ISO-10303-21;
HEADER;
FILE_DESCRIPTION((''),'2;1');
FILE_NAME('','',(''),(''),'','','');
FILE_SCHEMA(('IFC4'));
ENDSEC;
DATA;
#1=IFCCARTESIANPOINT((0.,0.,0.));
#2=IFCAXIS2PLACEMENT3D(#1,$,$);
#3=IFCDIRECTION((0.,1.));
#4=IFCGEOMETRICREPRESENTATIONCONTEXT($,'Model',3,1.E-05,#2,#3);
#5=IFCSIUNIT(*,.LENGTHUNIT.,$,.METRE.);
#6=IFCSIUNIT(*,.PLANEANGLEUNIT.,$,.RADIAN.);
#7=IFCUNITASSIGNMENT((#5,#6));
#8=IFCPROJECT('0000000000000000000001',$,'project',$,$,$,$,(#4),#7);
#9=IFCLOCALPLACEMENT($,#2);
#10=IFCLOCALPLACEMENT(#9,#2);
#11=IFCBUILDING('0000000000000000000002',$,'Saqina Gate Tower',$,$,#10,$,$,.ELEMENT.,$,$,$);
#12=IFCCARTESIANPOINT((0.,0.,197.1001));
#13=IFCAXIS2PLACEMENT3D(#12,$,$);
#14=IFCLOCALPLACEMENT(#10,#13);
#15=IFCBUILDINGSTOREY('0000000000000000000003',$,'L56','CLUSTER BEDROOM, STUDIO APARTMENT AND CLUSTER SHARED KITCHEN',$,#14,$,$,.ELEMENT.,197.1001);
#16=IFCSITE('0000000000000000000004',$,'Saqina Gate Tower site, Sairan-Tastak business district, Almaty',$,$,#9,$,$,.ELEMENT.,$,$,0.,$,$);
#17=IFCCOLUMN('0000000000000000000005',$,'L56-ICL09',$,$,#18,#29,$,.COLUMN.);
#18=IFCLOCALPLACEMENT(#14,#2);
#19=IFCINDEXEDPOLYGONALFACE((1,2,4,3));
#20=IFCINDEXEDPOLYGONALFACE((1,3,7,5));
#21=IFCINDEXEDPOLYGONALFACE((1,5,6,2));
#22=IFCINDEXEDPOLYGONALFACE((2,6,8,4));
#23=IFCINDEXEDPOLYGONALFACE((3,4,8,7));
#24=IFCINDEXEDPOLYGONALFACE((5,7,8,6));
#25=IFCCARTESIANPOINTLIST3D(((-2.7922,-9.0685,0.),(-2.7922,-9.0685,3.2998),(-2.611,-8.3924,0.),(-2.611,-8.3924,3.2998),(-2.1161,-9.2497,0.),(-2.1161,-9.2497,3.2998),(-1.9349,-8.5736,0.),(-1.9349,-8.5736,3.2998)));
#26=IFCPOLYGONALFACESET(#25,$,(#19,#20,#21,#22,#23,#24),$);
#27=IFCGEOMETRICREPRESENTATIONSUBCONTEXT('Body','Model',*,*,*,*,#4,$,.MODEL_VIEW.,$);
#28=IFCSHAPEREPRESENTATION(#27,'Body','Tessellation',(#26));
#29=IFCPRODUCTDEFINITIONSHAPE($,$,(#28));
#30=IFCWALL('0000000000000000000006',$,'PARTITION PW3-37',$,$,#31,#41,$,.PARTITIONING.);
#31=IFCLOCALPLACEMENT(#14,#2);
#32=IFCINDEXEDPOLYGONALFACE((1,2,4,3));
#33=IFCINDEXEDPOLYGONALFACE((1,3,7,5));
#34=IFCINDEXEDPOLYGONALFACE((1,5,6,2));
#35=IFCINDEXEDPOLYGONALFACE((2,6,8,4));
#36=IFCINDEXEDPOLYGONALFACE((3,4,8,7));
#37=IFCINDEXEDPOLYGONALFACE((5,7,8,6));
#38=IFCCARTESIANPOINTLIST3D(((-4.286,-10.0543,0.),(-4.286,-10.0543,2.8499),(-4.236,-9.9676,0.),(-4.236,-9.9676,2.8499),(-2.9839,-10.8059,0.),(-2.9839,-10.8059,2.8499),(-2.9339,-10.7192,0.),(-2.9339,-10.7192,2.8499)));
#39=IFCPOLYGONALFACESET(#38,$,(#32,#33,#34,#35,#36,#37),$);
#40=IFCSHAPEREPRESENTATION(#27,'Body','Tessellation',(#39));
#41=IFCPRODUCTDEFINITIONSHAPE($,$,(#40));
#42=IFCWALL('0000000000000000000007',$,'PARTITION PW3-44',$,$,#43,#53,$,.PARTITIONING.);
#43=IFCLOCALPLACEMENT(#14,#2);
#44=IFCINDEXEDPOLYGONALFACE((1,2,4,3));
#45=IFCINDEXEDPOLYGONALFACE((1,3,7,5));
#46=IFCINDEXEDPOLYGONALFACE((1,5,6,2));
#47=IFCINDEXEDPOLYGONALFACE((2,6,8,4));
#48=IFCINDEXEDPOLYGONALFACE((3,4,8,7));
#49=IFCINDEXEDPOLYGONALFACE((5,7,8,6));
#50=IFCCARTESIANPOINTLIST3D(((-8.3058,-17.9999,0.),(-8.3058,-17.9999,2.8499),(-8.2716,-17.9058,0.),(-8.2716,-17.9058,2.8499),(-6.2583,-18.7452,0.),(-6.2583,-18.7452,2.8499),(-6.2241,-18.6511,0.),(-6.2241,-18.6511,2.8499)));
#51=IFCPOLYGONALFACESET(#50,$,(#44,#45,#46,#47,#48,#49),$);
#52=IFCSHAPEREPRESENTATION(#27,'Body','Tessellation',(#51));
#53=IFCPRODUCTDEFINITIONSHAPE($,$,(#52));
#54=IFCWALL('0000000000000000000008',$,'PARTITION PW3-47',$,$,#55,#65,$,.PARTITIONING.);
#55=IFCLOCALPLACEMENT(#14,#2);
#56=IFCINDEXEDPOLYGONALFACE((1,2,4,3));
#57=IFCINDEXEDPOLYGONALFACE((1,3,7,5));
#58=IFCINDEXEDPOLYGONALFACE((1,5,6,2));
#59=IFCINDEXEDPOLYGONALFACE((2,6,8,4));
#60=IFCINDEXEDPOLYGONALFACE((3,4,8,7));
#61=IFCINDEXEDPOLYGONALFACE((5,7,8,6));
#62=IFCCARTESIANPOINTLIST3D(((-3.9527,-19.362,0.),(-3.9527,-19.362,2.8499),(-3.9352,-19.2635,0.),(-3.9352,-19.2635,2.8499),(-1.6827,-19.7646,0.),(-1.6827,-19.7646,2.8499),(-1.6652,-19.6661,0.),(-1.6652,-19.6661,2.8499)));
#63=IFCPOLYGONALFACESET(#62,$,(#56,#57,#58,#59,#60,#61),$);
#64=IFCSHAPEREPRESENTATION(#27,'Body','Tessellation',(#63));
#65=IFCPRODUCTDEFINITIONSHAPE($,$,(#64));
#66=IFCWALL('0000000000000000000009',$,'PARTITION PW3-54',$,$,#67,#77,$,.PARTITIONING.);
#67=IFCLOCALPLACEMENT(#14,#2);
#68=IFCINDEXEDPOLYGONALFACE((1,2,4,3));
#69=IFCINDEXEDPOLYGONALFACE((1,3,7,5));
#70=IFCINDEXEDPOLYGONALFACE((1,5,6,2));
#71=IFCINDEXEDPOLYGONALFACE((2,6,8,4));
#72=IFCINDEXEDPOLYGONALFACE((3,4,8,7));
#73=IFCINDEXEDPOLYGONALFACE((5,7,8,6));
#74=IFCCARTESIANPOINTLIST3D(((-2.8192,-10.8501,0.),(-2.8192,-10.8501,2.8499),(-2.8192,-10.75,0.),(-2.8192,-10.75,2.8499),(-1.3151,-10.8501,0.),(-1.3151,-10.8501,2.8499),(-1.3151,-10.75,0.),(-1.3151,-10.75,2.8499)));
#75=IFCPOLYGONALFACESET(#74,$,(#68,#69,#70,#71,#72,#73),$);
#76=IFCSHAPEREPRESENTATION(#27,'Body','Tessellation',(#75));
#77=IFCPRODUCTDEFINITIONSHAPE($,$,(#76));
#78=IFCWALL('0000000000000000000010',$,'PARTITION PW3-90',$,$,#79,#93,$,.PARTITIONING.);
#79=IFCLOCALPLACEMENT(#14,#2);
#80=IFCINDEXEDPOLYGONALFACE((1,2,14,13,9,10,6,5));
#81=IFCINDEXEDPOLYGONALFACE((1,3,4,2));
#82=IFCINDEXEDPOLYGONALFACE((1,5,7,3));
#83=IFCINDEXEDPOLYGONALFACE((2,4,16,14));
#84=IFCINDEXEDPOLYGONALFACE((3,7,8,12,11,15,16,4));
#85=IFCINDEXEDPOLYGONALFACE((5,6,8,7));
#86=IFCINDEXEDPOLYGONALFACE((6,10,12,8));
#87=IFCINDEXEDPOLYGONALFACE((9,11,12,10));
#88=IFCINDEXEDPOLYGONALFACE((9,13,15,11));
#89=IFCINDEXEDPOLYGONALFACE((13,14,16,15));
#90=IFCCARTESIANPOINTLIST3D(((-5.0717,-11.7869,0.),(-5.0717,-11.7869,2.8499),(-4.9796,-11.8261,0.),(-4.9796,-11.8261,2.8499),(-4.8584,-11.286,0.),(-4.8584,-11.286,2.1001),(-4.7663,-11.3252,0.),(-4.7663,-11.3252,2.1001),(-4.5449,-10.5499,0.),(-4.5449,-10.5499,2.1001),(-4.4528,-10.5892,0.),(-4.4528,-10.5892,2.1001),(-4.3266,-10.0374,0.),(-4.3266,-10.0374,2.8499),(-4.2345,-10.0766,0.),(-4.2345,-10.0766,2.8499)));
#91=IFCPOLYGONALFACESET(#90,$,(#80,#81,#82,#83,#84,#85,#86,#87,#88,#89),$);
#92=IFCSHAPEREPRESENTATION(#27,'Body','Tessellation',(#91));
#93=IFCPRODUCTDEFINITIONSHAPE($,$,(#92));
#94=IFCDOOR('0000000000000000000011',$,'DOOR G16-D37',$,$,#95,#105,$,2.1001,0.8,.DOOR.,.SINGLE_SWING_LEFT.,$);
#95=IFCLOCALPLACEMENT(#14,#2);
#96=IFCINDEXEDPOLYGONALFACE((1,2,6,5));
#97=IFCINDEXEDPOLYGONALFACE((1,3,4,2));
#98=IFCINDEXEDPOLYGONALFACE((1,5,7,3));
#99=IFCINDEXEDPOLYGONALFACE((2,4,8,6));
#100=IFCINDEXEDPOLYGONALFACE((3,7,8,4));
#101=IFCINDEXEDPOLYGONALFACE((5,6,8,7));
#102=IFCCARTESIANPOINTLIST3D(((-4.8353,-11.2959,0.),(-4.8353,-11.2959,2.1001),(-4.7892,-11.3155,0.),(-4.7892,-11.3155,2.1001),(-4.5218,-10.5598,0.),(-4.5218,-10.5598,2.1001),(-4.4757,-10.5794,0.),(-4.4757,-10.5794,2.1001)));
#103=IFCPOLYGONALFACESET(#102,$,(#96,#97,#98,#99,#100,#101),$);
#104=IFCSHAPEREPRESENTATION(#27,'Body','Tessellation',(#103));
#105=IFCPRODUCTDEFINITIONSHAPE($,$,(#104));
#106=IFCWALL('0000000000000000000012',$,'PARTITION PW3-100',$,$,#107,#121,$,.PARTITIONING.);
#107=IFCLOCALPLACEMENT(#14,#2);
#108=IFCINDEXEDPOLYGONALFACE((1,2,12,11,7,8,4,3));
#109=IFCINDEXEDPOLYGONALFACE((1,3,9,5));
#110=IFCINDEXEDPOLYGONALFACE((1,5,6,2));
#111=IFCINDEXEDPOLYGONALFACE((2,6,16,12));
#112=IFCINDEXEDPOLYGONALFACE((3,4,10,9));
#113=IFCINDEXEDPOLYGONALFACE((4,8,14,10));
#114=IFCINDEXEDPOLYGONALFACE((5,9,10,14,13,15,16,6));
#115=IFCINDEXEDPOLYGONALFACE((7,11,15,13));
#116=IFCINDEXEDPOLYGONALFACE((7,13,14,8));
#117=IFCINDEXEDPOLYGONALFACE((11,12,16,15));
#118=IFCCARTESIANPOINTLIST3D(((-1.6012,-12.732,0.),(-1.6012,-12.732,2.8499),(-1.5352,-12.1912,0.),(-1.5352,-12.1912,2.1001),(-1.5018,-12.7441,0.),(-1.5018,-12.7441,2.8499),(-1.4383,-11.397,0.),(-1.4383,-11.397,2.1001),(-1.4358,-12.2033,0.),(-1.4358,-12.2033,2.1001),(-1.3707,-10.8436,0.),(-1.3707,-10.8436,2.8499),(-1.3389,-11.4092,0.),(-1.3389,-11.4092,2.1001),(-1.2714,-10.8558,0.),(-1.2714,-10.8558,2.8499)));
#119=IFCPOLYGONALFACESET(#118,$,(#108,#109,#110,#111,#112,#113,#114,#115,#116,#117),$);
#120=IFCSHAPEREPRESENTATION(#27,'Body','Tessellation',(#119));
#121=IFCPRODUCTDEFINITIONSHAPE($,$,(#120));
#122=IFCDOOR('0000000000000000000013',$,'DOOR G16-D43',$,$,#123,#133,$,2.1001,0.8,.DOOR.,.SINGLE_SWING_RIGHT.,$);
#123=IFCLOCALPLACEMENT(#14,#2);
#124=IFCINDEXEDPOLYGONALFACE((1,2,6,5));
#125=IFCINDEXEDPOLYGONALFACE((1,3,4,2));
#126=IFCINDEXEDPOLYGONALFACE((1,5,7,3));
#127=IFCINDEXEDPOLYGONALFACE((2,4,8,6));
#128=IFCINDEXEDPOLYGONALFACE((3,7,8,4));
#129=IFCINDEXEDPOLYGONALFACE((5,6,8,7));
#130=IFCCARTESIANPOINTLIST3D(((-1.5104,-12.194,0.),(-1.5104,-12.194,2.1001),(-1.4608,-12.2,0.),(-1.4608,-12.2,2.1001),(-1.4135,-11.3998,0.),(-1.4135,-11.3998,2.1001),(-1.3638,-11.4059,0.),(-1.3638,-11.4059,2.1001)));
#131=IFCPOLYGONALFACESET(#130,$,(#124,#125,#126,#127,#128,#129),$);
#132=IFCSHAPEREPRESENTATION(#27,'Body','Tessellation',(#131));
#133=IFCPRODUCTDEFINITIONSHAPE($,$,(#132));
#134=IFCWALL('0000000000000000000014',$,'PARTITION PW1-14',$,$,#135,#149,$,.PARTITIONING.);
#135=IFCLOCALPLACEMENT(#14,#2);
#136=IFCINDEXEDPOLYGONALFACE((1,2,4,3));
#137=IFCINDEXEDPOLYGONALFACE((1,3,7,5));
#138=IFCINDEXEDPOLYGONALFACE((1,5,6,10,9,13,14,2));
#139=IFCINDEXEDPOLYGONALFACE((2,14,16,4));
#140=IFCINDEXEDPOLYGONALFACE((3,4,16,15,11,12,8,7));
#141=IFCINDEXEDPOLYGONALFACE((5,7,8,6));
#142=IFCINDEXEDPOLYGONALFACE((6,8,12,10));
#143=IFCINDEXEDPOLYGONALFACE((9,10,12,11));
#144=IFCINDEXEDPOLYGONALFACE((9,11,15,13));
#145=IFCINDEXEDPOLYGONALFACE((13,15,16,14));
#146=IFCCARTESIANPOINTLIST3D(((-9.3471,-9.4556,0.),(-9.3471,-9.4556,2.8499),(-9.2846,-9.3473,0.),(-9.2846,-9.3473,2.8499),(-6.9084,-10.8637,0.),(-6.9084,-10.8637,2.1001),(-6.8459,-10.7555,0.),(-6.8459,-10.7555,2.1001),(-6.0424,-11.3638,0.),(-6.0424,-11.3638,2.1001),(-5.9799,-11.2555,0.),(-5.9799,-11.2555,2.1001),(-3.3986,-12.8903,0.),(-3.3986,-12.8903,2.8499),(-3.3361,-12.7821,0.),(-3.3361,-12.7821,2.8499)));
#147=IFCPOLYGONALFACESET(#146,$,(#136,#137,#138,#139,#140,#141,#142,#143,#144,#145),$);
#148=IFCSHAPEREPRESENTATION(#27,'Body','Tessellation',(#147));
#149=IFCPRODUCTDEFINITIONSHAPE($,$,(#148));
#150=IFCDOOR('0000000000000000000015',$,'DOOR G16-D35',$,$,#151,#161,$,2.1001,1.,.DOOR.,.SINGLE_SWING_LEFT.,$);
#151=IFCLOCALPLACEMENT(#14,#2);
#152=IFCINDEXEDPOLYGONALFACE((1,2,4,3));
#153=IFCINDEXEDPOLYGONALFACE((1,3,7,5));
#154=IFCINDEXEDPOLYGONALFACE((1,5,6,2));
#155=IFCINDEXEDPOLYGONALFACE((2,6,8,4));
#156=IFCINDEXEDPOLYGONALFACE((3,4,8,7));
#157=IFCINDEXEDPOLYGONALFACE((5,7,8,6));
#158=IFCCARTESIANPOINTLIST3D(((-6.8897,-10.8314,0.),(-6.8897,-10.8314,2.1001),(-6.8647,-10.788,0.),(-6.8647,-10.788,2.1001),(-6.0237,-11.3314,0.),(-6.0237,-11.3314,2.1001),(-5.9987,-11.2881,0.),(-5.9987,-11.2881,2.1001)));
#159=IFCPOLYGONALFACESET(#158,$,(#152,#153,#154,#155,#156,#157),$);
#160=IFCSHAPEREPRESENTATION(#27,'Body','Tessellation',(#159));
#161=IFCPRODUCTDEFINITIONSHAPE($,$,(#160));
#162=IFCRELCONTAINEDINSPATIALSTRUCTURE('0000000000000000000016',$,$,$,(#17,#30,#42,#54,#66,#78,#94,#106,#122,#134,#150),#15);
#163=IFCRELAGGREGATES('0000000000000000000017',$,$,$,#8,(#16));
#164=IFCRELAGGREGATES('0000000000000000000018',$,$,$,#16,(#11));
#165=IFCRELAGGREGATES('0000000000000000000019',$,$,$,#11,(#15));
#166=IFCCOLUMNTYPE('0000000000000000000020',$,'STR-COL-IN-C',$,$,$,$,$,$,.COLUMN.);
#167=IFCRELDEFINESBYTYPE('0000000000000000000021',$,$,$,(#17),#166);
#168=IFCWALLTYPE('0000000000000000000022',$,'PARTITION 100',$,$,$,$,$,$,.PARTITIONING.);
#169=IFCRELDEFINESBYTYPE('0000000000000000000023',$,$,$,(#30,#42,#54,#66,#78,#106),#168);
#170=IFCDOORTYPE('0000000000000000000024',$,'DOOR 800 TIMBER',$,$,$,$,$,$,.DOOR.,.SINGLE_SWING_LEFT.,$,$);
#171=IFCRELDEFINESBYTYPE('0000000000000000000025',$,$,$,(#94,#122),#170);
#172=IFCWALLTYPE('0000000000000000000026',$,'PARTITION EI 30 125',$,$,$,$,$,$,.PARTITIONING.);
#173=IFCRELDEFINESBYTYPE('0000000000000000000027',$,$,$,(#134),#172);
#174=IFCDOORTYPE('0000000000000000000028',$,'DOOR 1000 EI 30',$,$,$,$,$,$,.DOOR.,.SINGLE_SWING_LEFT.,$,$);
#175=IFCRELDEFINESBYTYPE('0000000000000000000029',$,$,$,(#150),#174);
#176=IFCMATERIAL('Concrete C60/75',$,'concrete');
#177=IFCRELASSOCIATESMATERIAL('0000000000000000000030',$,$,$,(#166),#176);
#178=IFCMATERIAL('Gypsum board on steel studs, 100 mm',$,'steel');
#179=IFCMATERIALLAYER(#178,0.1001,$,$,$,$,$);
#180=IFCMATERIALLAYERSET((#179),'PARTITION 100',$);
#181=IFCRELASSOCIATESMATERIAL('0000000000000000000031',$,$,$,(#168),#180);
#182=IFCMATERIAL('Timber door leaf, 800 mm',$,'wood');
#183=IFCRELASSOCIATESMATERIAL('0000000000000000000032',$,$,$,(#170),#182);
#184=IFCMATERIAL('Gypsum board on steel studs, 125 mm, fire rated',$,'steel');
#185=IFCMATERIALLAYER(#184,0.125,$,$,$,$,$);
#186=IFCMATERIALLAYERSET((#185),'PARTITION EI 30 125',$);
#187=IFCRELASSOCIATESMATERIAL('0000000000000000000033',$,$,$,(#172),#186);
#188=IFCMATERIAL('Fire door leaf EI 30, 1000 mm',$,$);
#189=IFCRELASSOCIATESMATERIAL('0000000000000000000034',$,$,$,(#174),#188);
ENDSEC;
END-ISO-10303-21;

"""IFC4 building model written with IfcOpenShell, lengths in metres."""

from ifc_helpers import new_model, si_unit, direction, frame, frame_2d, origin, origin_2d, place, context, subcontext, project, spatial, rectangle, extrude, material, layer, layer_set, material_profile, profile_set, type_object, element, fill, save


model = new_model("IFC4")

# Units and contexts
model_context = context("Model", 3, precision=1e-05, world=origin(), true_north=direction((0.0, 1.0)))
body_context = subcontext(model_context, "Body", "Model", "MODEL_VIEW")
ifc_project = project(units=[si_unit("LENGTHUNIT", "METRE"), si_unit("PLANEANGLEUNIT", "RADIAN")], contexts=[model_context])

# Site, building, storey
site_placement = place(None, origin())
site = spatial("IfcSite", under=ifc_project, at=site_placement, Name="Saqina Gate Tower site, Sairan-Tastak business district, Almaty", CompositionType="ELEMENT", RefElevation=0.0)
building_placement = place(site_placement, origin())
building = spatial("IfcBuilding", under=site, at=building_placement, Name="Saqina Gate Tower", CompositionType="ELEMENT")
storey_placement = place(building_placement, frame((0.0, 0.0, 197.1001)))
storey = spatial("IfcBuildingStorey", under=building, at=storey_placement, Name="L56", Description="CLUSTER BEDROOM, STUDIO APARTMENT AND CLUSTER SHARED KITCHEN", CompositionType="ELEMENT", Elevation=197.1001)

# Column
ifc_material_1 = material(Name="Concrete C60/75", Category="concrete")
ifc_material_profile = material_profile(ifc_material_1, rectangle(XDim=0.7, YDim=0.7, at=origin_2d()), Name="RC 700x700")
ifc_profile_set = profile_set([ifc_material_profile], Name="Concrete C60/75")
column_type = type_object("IfcColumnType", Name="STR-COL-IN-C", PredefinedType="COLUMN", material=ifc_profile_set)
column_placement = place(storey_placement, frame((-2.3635, -8.821, 0.0), z_axis=(0.0, 0.0, 1.0), x_axis=(-0.258819, -0.965926, 0.0)))
element("IfcColumn", 1, at=column_placement, inside=storey, type_object=column_type, Name="L56-ICL09", PredefinedType="COLUMN", context=body_context, shape_type="SweptSolid", body=[
    extrude(rectangle(XDim=0.7, YDim=0.7, at=origin_2d()), origin(), (0.0, 0.0, 1.0), 3.2998),
])

# Walls
ifc_material_2 = material(Name="Gypsum board on steel studs, 100 mm", Category="steel")
ifc_layer_1 = layer(ifc_material_2, 0.1001)
ifc_layer_set_1 = layer_set([ifc_layer_1], Name="PARTITION 100")
wall_type_1 = type_object("IfcWallType", Name="PARTITION 100", PredefinedType="PARTITIONING", material=ifc_layer_set_1)
wall_1_placement = place(storey_placement, frame((-4.261, -10.011, 0.0), z_axis=(0.0, 0.0, 1.0), x_axis=(0.866096, -0.499877, 0.0)))
element("IfcWall", 2, at=wall_1_placement, inside=storey, type_object=wall_type_1, Name="PARTITION PW3-37", PredefinedType="PARTITIONING", context=body_context, shape_type="SweptSolid", body=[
    extrude(rectangle(XDim=1.5034, YDim=0.1001, at=frame_2d((0.7517, 0.0))), origin(), (0.0, 0.0, 1.0), 2.8499),
])
wall_2_placement = place(storey_placement, frame((-8.2886, -17.9529, 0.0), z_axis=(0.0, 0.0, 1.0), x_axis=(0.939679, -0.342058, 0.0)))
element("IfcWall", 3, at=wall_2_placement, inside=storey, type_object=wall_type_1, Name="PARTITION PW3-44", PredefinedType="PARTITIONING", context=body_context, shape_type="SweptSolid", body=[
    extrude(rectangle(XDim=2.179, YDim=0.1001, at=frame_2d((1.0894, 0.0))), origin(), (0.0, 0.0, 1.0), 2.8499),
])
wall_3_placement = place(storey_placement, frame((-3.9441, -19.3127, 0.0), z_axis=(0.0, 0.0, 1.0), x_axis=(0.984635, -0.174625, 0.0)))
element("IfcWall", 4, at=wall_3_placement, inside=storey, type_object=wall_type_1, Name="PARTITION PW3-47", PredefinedType="PARTITIONING", context=body_context, shape_type="SweptSolid", body=[
    extrude(rectangle(XDim=2.3054, YDim=0.1001, at=frame_2d((1.1528, 0.0))), origin(), (0.0, 0.0, 1.0), 2.8499),
])
wall_4_placement = place(storey_placement, frame((-2.8191, -10.8, 0.0), z_axis=(0.0, 0.0, 1.0), x_axis=(1.0, 0.0, 0.0)))
element("IfcWall", 5, at=wall_4_placement, inside=storey, type_object=wall_type_1, Name="PARTITION PW3-54", PredefinedType="PARTITIONING", context=body_context, shape_type="SweptSolid", body=[
    extrude(rectangle(XDim=1.5042, YDim=0.1001, at=frame_2d((0.752, 0.0))), origin(), (0.0, 0.0, 1.0), 2.8499),
])

# Walls, openings, doors
wall_5_placement = place(storey_placement, frame((-5.0256, -11.8064, 0.0), z_axis=(0.0, 0.0, 1.0), x_axis=(0.391842, 0.920033, 0.0)))
wall_5 = element("IfcWall", 6, at=wall_5_placement, inside=storey, type_object=wall_type_1, Name="PARTITION PW3-90", PredefinedType="PARTITIONING", context=body_context, shape_type="SweptSolid", body=[
    extrude(rectangle(XDim=1.9016, YDim=0.1001, at=frame_2d((0.9507, 0.0))), origin(), (0.0, 0.0, 1.0), 2.8499),
])
opening_1_placement = place(wall_5_placement, frame((0.5444, 0.0, 0.0)))
opening_1 = element("IfcOpeningElement", 7, at=opening_1_placement, cuts=wall_5, PredefinedType="OPENING", context=body_context, shape_type="SweptSolid", body=[
    extrude(rectangle(XDim=0.8, YDim=2.1001, at=frame_2d((0.3999, 1.05))), frame((0.0, 0.062, 0.0), z_axis=(0.0, -1.0, 0.0), x_axis=(1.0, 0.0, 0.0)), (0.0, 0.0, 1.0), 0.124),
])
ifc_material_3 = material(Name="Timber door leaf, 800 mm", Category="wood")
door_type_1 = type_object("IfcDoorType", Name="DOOR 800 TIMBER", OperationType="SINGLE_SWING_LEFT", PredefinedType="DOOR", material=ifc_material_3)
door_1_placement = place(opening_1_placement, origin())
door_1 = element("IfcDoor", 8, at=door_1_placement, inside=storey, type_object=door_type_1, Name="DOOR G16-D37", OperationType="SINGLE_SWING_LEFT", OverallHeight=2.1001, OverallWidth=0.8, PredefinedType="DOOR", context=body_context, shape_type="SweptSolid", body=[
    extrude(rectangle(XDim=0.8, YDim=2.1001, at=frame_2d((0.3999, 1.05))), frame((0.0, 0.0249, 0.0), z_axis=(0.0, -1.0, 0.0), x_axis=(1.0, 0.0, 0.0)), (0.0, 0.0, 1.0), 0.05),
])
fill(opening_1, door_1)
wall_6_placement = place(storey_placement, frame((-1.5515, -12.738, 0.0), z_axis=(0.0, 0.0, 1.0), x_axis=(0.121144, 0.992635, 0.0)))
wall_6 = element("IfcWall", 9, at=wall_6_placement, inside=storey, type_object=wall_type_1, Name="PARTITION PW3-100", PredefinedType="PARTITIONING", context=body_context, shape_type="SweptSolid", body=[
    extrude(rectangle(XDim=1.9023, YDim=0.1001, at=frame_2d((0.9512, 0.0))), origin(), (0.0, 0.0, 1.0), 2.8499),
])
opening_2_placement = place(wall_6_placement, frame((0.5449, 0.0, 0.0)))
opening_2 = element("IfcOpeningElement", 10, at=opening_2_placement, cuts=wall_6, PredefinedType="OPENING", context=body_context, shape_type="SweptSolid", body=[
    extrude(rectangle(XDim=0.8, YDim=2.1001, at=frame_2d((0.3999, 1.05))), frame((0.0, 0.062, 0.0), z_axis=(0.0, -1.0, 0.0), x_axis=(1.0, 0.0, 0.0)), (0.0, 0.0, 1.0), 0.124),
])
door_2_placement = place(opening_2_placement, frame((0.8, 0.0, 0.0), z_axis=(0.0, 0.0, 1.0), x_axis=(-1.0, 0.0, 0.0)))
door_2 = element("IfcDoor", 11, at=door_2_placement, inside=storey, type_object=door_type_1, Name="DOOR G16-D43", OperationType="SINGLE_SWING_RIGHT", OverallHeight=2.1001, OverallWidth=0.8, PredefinedType="DOOR", context=body_context, shape_type="SweptSolid", body=[
    extrude(rectangle(XDim=0.8, YDim=2.1001, at=frame_2d((0.3999, 1.05))), frame((0.0, 0.0249, 0.0), z_axis=(0.0, -1.0, 0.0), x_axis=(1.0, 0.0, 0.0)), (0.0, 0.0, 1.0), 0.05),
])
fill(opening_2, door_2)
ifc_material_4 = material(Name="Gypsum board on steel studs, 125 mm, fire rated", Category="steel")
ifc_layer_2 = layer(ifc_material_4, 0.125)
ifc_layer_set_2 = layer_set([ifc_layer_2], Name="PARTITION EI 30 125")
wall_type_2 = type_object("IfcWallType", Name="PARTITION EI 30 125", PredefinedType="PARTITIONING", material=ifc_layer_set_2)
wall_7_placement = place(storey_placement, frame((-9.3159, -9.4014, 0.0), z_axis=(0.0, 0.0, 1.0), x_axis=(0.865997, -0.50005, 0.0)))
wall_7 = element("IfcWall", 12, at=wall_7_placement, inside=storey, type_object=wall_type_2, Name="PARTITION PW1-14", PredefinedType="PARTITIONING", context=body_context, shape_type="SweptSolid", body=[
    extrude(rectangle(XDim=6.8689, YDim=0.125, at=frame_2d((3.4346, 0.0))), origin(), (0.0, 0.0, 1.0), 2.8499),
])
opening_3_placement = place(wall_7_placement, frame((2.8162, 0.0, 0.0)))
opening_3 = element("IfcOpeningElement", 13, at=opening_3_placement, cuts=wall_7, PredefinedType="OPENING", context=body_context, shape_type="SweptSolid", body=[
    extrude(rectangle(XDim=1.0, YDim=2.1001, at=frame_2d((0.5, 1.05))), frame((0.0, 0.0745, 0.0), z_axis=(0.0, -1.0, 0.0), x_axis=(1.0, 0.0, 0.0)), (0.0, 0.0, 1.0), 0.1489),
])
ifc_material_5 = material(Name="Fire door leaf EI 30, 1000 mm")
door_type_2 = type_object("IfcDoorType", Name="DOOR 1000 EI 30", OperationType="SINGLE_SWING_LEFT", PredefinedType="DOOR", material=ifc_material_5)
door_3_placement = place(opening_3_placement, origin())
door_3 = element("IfcDoor", 14, at=door_3_placement, inside=storey, type_object=door_type_2, Name="DOOR G16-D35", OperationType="SINGLE_SWING_LEFT", OverallHeight=2.1001, OverallWidth=1.0, PredefinedType="DOOR", context=body_context, shape_type="SweptSolid", body=[
    extrude(rectangle(XDim=1.0, YDim=2.1001, at=frame_2d((0.5, 1.05))), frame((0.0, 0.0249, 0.0), z_axis=(0.0, -1.0, 0.0), x_axis=(1.0, 0.0, 0.0)), (0.0, 0.0, 1.0), 0.05),
])
fill(opening_3, door_3)

save(model, "model.ifc")
